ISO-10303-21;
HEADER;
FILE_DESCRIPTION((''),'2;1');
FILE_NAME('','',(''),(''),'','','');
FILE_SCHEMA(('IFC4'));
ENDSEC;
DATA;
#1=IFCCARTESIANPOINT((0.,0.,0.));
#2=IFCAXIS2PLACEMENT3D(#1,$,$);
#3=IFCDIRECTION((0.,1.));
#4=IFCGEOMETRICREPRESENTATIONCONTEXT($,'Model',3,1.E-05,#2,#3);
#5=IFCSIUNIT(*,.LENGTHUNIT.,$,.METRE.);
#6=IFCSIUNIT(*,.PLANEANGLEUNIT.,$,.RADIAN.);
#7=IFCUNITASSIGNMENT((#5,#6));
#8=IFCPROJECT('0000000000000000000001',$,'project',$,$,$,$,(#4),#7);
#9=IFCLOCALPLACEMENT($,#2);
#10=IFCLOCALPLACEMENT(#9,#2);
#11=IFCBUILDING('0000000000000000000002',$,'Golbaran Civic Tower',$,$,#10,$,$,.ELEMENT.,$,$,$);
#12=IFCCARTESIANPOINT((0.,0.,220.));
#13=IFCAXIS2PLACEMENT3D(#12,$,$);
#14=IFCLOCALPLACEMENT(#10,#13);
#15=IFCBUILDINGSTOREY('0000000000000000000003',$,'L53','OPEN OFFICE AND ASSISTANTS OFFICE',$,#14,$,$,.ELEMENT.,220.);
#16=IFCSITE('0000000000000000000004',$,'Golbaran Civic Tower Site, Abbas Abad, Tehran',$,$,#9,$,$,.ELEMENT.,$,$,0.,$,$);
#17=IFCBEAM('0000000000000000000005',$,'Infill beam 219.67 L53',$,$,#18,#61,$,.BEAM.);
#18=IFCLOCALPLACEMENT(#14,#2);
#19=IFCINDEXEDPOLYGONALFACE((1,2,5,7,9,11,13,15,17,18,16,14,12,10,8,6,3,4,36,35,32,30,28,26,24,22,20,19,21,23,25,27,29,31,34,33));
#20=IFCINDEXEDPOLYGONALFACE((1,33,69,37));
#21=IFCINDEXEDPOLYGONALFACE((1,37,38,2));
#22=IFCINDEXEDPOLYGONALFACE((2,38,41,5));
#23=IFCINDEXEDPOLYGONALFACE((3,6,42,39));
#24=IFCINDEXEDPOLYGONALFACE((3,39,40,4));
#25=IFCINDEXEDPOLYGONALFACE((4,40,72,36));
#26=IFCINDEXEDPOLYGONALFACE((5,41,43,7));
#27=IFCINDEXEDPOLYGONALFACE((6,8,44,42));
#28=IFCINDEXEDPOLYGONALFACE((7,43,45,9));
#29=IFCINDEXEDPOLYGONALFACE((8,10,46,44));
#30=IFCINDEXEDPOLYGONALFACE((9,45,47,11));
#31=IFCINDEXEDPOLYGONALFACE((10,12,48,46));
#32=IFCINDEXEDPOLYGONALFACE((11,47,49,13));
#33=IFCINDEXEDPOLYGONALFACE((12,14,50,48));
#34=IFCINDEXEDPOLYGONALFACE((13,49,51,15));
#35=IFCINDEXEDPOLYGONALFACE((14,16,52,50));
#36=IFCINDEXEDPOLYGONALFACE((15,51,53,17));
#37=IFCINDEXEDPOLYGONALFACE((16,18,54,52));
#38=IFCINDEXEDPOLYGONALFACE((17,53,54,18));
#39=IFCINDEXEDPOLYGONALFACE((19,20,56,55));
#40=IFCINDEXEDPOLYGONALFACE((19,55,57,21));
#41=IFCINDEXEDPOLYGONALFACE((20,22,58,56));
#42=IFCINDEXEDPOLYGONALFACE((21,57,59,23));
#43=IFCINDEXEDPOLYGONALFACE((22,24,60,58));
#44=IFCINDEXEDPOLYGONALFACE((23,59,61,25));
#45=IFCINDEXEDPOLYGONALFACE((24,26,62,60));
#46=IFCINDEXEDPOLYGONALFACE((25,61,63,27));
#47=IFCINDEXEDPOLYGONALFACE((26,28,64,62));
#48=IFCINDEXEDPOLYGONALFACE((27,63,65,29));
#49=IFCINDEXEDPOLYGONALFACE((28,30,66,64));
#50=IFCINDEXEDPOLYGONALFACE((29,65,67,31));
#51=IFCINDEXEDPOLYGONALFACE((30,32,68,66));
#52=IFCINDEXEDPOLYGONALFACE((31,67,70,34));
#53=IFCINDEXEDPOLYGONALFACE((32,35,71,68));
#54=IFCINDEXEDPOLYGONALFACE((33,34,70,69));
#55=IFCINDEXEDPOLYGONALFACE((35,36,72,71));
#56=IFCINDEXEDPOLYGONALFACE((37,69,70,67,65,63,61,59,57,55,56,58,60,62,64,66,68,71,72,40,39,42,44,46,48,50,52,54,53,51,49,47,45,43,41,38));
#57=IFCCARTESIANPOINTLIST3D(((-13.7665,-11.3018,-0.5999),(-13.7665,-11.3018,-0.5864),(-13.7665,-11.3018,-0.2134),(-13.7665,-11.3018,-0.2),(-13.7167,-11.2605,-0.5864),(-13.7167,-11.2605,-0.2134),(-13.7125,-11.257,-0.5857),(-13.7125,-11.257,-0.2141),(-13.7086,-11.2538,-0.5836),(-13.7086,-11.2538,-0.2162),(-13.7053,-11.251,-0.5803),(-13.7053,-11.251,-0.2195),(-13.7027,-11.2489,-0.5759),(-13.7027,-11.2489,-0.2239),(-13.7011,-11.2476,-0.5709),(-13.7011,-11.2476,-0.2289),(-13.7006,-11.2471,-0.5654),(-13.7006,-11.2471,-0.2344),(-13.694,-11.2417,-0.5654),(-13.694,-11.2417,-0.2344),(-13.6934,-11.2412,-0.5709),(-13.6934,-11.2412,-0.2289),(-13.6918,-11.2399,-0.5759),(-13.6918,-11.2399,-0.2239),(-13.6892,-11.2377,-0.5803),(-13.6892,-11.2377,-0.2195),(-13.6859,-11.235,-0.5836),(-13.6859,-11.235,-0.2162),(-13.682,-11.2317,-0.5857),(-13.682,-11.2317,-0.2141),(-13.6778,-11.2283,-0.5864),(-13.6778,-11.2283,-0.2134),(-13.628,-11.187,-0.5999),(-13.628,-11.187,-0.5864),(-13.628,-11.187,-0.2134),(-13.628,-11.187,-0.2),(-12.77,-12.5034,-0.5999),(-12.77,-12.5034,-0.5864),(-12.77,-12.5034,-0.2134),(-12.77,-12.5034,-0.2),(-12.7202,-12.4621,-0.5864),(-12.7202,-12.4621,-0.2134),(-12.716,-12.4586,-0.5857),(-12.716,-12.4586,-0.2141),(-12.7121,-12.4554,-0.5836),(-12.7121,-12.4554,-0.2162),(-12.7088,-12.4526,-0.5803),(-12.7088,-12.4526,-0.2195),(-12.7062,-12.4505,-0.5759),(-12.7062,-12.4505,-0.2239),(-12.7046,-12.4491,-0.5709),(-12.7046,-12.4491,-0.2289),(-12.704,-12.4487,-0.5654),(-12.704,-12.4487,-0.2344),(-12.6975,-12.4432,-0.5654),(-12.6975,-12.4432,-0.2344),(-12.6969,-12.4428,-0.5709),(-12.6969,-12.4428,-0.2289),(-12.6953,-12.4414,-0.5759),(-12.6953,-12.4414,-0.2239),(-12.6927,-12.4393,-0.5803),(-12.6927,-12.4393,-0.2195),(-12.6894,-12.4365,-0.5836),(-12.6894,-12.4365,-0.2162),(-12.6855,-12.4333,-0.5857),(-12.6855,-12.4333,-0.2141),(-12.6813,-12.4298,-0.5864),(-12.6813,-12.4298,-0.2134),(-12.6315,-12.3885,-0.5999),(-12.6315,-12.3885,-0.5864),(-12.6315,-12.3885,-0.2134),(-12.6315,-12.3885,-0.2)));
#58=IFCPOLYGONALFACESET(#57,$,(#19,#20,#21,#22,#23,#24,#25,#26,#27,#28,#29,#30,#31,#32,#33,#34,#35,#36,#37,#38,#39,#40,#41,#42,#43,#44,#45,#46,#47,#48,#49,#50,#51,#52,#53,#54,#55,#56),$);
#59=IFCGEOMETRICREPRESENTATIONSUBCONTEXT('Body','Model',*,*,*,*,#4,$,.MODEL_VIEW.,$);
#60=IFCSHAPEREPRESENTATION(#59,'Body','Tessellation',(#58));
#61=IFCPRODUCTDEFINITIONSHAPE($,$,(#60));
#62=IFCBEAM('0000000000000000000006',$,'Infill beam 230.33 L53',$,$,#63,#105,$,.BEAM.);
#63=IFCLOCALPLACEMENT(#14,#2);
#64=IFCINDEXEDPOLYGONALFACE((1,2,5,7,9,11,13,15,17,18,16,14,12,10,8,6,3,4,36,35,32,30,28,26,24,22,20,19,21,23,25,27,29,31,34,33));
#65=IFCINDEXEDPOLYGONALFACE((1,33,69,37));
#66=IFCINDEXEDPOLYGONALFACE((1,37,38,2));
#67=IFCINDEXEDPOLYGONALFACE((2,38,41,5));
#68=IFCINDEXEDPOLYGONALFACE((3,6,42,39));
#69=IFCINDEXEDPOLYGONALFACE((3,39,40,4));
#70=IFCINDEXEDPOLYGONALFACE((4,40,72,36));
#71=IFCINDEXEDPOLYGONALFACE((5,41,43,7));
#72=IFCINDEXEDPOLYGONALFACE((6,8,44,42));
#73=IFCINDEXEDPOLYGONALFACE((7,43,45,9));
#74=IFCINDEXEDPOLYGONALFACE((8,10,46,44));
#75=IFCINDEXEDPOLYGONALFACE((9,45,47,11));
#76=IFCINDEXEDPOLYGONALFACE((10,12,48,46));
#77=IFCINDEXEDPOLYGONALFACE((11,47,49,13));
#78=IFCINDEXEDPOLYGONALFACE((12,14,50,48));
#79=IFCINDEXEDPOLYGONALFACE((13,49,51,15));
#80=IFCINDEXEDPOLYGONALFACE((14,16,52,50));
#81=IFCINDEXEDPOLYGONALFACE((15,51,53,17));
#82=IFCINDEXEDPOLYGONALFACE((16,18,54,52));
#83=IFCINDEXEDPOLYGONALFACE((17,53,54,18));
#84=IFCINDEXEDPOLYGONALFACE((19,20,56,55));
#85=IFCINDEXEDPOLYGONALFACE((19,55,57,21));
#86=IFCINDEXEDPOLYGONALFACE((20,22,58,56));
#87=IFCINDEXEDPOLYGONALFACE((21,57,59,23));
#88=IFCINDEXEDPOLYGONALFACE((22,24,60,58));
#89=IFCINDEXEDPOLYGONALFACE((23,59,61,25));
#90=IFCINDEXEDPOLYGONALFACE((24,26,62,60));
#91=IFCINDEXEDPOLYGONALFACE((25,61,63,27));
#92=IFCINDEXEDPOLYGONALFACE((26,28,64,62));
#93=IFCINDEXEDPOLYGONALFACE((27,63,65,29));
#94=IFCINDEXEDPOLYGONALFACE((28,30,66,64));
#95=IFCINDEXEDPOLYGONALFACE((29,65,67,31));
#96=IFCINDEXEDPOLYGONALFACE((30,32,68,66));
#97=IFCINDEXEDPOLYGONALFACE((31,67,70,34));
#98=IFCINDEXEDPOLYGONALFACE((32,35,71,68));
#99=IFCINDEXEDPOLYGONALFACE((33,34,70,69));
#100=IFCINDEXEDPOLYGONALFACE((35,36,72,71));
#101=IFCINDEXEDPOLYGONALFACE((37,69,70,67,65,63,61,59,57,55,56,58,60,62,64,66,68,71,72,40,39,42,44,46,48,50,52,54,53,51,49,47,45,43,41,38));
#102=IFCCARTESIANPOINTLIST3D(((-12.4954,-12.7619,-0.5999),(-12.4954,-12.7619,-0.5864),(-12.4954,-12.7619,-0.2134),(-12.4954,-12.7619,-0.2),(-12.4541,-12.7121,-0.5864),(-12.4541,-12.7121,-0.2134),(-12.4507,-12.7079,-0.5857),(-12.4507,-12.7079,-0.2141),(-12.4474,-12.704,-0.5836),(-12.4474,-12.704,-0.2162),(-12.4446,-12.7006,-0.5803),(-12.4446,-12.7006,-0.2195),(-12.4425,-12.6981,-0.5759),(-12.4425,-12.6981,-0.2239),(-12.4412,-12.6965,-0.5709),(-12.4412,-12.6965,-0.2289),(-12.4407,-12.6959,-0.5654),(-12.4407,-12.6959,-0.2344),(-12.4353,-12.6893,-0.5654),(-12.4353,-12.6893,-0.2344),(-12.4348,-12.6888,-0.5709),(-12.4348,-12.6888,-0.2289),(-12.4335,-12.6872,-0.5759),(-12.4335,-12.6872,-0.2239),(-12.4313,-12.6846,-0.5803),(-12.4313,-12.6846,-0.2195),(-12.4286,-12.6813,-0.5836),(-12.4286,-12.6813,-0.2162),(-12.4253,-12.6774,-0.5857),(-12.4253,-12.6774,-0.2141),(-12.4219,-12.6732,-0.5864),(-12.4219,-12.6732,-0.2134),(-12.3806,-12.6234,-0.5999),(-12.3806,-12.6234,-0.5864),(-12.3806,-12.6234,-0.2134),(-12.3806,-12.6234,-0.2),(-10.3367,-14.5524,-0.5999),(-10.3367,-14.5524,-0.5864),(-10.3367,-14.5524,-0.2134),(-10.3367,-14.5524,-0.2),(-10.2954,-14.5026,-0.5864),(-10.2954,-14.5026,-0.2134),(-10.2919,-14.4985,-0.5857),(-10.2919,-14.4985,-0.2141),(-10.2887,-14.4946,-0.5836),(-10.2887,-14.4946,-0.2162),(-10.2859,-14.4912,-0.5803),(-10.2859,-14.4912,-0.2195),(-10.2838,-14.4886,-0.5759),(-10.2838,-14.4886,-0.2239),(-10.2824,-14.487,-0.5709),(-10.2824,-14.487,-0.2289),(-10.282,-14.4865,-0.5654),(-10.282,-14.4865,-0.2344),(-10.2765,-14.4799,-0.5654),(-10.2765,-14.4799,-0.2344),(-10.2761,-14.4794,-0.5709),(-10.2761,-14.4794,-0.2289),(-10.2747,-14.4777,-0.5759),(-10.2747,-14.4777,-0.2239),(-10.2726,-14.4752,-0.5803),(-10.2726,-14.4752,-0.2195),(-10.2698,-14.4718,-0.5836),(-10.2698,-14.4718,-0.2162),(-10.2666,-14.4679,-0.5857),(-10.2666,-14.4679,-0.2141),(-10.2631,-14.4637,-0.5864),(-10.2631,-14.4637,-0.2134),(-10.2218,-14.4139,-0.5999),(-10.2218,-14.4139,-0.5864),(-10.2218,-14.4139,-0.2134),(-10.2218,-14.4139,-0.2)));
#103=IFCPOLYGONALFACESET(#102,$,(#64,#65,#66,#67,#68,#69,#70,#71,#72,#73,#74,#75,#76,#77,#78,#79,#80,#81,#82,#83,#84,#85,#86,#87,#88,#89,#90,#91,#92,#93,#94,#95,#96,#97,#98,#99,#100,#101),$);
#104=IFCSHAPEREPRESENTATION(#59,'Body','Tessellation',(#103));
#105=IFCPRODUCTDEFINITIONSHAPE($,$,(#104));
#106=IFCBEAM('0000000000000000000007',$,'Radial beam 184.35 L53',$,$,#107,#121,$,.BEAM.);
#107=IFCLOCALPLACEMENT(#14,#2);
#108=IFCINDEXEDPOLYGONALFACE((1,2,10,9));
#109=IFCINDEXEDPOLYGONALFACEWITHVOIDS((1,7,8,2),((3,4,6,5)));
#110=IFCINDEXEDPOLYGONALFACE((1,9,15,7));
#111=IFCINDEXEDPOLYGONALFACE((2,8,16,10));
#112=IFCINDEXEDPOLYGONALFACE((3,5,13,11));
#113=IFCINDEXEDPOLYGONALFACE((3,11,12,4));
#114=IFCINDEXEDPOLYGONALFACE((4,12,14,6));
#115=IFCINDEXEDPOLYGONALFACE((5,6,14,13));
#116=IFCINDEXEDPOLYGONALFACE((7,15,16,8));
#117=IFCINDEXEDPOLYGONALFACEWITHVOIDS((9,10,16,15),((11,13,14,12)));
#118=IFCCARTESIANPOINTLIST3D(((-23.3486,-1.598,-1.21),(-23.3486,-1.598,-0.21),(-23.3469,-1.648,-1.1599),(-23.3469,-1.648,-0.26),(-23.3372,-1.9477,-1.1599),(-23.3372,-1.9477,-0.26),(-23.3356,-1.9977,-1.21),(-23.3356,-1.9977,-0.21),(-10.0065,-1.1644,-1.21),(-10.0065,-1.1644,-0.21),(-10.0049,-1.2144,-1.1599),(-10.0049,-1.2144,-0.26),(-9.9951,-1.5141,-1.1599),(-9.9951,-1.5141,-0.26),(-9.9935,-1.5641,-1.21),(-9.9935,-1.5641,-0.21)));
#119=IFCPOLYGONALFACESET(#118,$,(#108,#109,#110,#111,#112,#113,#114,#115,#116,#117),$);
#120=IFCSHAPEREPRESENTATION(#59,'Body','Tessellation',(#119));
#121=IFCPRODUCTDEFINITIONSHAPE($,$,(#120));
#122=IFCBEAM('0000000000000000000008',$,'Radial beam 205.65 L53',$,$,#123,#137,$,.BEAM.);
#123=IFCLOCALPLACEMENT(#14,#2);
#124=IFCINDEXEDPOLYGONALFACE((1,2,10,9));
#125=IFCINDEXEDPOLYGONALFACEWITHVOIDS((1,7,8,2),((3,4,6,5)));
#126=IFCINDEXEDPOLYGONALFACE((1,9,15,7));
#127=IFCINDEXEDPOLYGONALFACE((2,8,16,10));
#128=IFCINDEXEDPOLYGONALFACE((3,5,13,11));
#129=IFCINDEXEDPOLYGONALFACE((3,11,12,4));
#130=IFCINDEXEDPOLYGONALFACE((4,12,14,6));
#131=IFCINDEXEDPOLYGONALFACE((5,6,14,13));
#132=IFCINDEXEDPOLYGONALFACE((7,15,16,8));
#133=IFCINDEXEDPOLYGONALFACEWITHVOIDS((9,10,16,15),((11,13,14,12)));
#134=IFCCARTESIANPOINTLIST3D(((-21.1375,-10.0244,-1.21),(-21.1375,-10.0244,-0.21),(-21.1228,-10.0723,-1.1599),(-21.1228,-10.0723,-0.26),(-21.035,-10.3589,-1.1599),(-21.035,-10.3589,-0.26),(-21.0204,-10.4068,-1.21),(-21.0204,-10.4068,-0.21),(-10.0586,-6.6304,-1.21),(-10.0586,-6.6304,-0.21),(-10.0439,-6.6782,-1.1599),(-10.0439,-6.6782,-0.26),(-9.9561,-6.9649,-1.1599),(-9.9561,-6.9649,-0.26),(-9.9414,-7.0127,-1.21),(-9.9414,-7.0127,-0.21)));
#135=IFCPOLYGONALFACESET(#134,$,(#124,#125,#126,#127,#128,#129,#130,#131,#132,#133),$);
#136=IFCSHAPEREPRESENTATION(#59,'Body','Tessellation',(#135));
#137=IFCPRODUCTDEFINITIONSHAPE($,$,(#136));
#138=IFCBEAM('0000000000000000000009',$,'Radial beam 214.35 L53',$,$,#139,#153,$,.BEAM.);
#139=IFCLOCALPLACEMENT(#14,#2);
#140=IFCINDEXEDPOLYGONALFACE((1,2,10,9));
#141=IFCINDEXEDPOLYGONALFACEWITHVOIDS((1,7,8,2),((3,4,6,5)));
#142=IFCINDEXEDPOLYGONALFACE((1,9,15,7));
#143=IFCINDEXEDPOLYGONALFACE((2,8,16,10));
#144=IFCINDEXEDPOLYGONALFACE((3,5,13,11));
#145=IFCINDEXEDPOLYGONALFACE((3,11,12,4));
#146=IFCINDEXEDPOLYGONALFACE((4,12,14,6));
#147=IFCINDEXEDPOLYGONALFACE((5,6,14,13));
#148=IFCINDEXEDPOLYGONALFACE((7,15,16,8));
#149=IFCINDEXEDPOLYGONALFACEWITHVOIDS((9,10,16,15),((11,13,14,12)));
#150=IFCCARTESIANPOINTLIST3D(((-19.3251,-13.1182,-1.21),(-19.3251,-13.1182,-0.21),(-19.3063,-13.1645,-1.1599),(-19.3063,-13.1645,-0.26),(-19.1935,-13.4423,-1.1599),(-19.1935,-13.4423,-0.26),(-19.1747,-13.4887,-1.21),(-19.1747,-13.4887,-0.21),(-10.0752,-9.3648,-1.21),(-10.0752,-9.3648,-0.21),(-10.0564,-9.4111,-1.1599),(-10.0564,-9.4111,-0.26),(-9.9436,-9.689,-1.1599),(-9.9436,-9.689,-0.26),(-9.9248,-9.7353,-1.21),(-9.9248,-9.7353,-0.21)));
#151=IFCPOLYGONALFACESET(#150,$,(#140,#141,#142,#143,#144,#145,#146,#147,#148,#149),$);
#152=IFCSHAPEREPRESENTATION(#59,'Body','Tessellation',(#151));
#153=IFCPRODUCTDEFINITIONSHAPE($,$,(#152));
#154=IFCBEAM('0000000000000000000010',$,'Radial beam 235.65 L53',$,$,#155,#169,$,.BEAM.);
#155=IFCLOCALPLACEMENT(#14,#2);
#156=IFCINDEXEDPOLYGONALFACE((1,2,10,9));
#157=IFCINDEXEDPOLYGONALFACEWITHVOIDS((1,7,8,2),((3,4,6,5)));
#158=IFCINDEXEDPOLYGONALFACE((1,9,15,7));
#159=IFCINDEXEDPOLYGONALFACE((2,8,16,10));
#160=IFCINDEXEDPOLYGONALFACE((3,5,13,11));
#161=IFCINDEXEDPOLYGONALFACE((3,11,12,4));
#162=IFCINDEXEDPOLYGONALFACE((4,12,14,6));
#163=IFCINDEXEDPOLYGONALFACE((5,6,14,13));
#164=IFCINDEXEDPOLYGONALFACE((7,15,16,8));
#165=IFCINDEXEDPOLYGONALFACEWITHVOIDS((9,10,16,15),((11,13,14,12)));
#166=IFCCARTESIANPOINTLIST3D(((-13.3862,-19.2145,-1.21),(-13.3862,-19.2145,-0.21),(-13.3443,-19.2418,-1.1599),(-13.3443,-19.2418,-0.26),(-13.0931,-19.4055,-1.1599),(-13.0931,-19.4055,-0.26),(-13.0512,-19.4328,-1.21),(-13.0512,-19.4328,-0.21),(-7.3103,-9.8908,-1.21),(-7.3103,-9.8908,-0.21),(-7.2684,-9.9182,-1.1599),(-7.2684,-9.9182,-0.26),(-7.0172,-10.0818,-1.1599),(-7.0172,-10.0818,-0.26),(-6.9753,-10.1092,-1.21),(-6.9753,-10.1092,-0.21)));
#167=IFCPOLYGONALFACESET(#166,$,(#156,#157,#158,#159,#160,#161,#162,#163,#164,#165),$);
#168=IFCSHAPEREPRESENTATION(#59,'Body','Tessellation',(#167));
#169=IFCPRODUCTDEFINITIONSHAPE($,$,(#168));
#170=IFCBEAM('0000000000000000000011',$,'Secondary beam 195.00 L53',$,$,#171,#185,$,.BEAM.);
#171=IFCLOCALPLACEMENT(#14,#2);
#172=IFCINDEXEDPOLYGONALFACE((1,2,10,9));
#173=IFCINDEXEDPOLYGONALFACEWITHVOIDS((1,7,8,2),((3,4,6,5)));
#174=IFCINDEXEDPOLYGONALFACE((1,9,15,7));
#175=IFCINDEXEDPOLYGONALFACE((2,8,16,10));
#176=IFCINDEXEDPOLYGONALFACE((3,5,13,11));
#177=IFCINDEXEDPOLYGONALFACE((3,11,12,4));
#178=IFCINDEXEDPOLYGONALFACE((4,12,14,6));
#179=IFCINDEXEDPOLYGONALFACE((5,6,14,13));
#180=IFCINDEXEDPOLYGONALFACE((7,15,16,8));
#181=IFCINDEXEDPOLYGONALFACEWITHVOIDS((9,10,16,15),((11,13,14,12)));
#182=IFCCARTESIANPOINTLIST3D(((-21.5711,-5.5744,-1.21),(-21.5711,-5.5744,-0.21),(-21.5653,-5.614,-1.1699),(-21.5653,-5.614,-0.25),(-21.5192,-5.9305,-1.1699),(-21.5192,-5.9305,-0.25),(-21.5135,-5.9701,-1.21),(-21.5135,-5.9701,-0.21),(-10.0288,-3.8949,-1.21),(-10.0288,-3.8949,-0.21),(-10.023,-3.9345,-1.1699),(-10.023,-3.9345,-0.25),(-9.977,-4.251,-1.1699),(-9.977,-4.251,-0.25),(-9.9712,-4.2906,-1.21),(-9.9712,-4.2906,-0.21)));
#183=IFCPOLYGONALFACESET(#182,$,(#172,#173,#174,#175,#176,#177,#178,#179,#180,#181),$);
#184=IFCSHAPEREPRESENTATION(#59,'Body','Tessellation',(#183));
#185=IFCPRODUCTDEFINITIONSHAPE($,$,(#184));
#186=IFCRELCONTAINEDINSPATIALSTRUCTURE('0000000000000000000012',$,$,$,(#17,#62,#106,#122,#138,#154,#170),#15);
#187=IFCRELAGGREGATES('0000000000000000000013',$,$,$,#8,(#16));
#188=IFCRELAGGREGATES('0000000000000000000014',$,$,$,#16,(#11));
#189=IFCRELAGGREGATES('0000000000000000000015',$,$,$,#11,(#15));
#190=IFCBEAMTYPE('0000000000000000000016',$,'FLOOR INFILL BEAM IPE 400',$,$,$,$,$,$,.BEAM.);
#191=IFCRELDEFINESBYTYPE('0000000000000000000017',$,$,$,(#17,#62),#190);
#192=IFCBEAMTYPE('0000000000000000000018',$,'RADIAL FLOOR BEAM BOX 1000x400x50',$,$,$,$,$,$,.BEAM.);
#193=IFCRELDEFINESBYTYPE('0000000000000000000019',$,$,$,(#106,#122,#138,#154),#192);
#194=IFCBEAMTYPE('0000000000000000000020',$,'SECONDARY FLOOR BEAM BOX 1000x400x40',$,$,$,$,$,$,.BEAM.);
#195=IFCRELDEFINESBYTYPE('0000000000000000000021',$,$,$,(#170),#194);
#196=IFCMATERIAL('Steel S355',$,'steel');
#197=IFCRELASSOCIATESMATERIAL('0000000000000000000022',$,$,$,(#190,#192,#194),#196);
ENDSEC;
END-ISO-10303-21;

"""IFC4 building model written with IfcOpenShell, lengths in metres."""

from ifc_helpers import new_model, si_unit, direction, frame, origin, origin_2d, place, context, subcontext, project, spatial, hollow_rectangle, i_section, extrude, material, material_profile, profile_set, type_object, element, save


model = new_model("IFC4")

# Units and contexts
model_context = context("Model", 3, precision=1e-05, world=origin(), true_north=direction((0.0, 1.0)))
body_context = subcontext(model_context, "Body", "Model", "MODEL_VIEW")
ifc_project = project(units=[si_unit("LENGTHUNIT", "METRE"), si_unit("PLANEANGLEUNIT", "RADIAN")], contexts=[model_context])

# Site, building, storey
site_placement = place(None, origin())
site = spatial("IfcSite", under=ifc_project, at=site_placement, Name="Golbaran Civic Tower Site, Abbas Abad, Tehran", CompositionType="ELEMENT", RefElevation=0.0)
building_placement = place(site_placement, origin())
building = spatial("IfcBuilding", under=site, at=building_placement, Name="Golbaran Civic Tower", CompositionType="ELEMENT")
storey_placement = place(building_placement, frame((0.0, 0.0, 220.0)))
storey = spatial("IfcBuildingStorey", under=building, at=storey_placement, Name="L53", Description="OPEN OFFICE AND ASSISTANTS OFFICE", CompositionType="ELEMENT", Elevation=220.0)

# Beams
ifc_material_1 = material(Name="Steel S355", Category="steel")
ifc_material_profile_1 = material_profile(ifc_material_1, i_section(OverallWidth=0.1799, OverallDepth=0.3999, WebThickness=0.0085, FlangeThickness=0.0134, FilletRadius=0.021, at=origin_2d()), Name="IPE 400")
ifc_profile_set_1 = profile_set([ifc_material_profile_1], Name="Steel S355")
beam_type_1 = type_object("IfcBeamType", Name="FLOOR INFILL BEAM IPE 400", PredefinedType="BEAM", material=ifc_profile_set_1)
beam_1_placement = place(storey_placement, frame((-13.6973, -11.2444, -0.3999), z_axis=(0.638368, -0.769732, 0.0), x_axis=(0.769732, 0.638368, 0.0)))
element("IfcBeam", 1, at=beam_1_placement, inside=storey, type_object=beam_type_1, Name="Infill beam 219.67 L53", PredefinedType="BEAM", context=body_context, shape_type="SweptSolid", body=[
    extrude(i_section(OverallWidth=0.1799, OverallDepth=0.3999, WebThickness=0.0085, FlangeThickness=0.0134, FilletRadius=0.021, at=origin_2d()), origin(), (0.0, 0.0, 1.0), 1.561),
])
beam_2_placement = place(storey_placement, frame((-12.438, -12.6926, -0.3999), z_axis=(0.769689, -0.638419, 0.0), x_axis=(0.638419, 0.769689, 0.0)))
element("IfcBeam", 2, at=beam_2_placement, inside=storey, type_object=beam_type_1, Name="Infill beam 230.33 L53", PredefinedType="BEAM", context=body_context, shape_type="SweptSolid", body=[
    extrude(i_section(OverallWidth=0.1799, OverallDepth=0.3999, WebThickness=0.0085, FlangeThickness=0.0134, FilletRadius=0.021, at=origin_2d()), origin(), (0.0, 0.0, 1.0), 2.8047),
])
ifc_material_profile_2 = material_profile(ifc_material_1, hollow_rectangle(XDim=0.3999, YDim=1.0, WallThickness=0.05, at=origin_2d()), Name="BOX 1000x400x50")
ifc_profile_set_2 = profile_set([ifc_material_profile_2], Name="Steel S355")
beam_type_2 = type_object("IfcBeamType", Name="RADIAL FLOOR BEAM BOX 1000x400x50", PredefinedType="BEAM", material=ifc_profile_set_2)
beam_3_placement = place(storey_placement, frame((-10.0, -1.3643, -0.71), z_axis=(-0.999472, -0.032481, 0.0), x_axis=(0.032481, -0.999472, 0.0)))
element("IfcBeam", 3, at=beam_3_placement, inside=storey, type_object=beam_type_2, Name="Radial beam 184.35 L53", PredefinedType="BEAM", context=body_context, shape_type="SweptSolid", body=[
    extrude(hollow_rectangle(XDim=0.3999, YDim=1.0, WallThickness=0.05, at=origin_2d()), origin(), (0.0, 0.0, 1.0), 13.3491),
])
beam_4_placement = place(storey_placement, frame((-10.0, -6.8215, -0.71), z_axis=(-0.956138, -0.292916, 0.0), x_axis=(0.292916, -0.956138, 0.0)))
element("IfcBeam", 4, at=beam_4_placement, inside=storey, type_object=beam_type_2, Name="Radial beam 205.65 L53", PredefinedType="BEAM", context=body_context, shape_type="SweptSolid", body=[
    extrude(hollow_rectangle(XDim=0.3999, YDim=1.0, WallThickness=0.05, at=origin_2d()), origin(), (0.0, 0.0, 1.0), 11.5872),
])
beam_5_placement = place(storey_placement, frame((-10.0, -9.55, -0.71), z_axis=(-0.92662, -0.375999, 0.0), x_axis=(0.375999, -0.92662, 0.0)))
element("IfcBeam", 5, at=beam_5_placement, inside=storey, type_object=beam_type_2, Name="Radial beam 214.35 L53", PredefinedType="BEAM", context=body_context, shape_type="SweptSolid", body=[
    extrude(hollow_rectangle(XDim=0.3999, YDim=1.0, WallThickness=0.05, at=origin_2d()), origin(), (0.0, 0.0, 1.0), 9.9824),
])
beam_6_placement = place(storey_placement, frame((-7.1428, -10.0, -0.71), z_axis=(-0.545967, -0.837806, 0.0), x_axis=(0.837806, -0.545967, 0.0)))
element("IfcBeam", 6, at=beam_6_placement, inside=storey, type_object=beam_type_2, Name="Radial beam 235.65 L53", PredefinedType="BEAM", context=body_context, shape_type="SweptSolid", body=[
    extrude(hollow_rectangle(XDim=0.3999, YDim=1.0, WallThickness=0.05, at=origin_2d()), origin(), (0.0, 0.0, 1.0), 11.1287),
])
ifc_material_profile_3 = material_profile(ifc_material_1, hollow_rectangle(XDim=0.3999, YDim=1.0, WallThickness=0.04, at=origin_2d()), Name="BOX 1000x400x40")
ifc_profile_set_3 = profile_set([ifc_material_profile_3], Name="Steel S355")
beam_type_3 = type_object("IfcBeamType", Name="SECONDARY FLOOR BEAM BOX 1000x400x40", PredefinedType="BEAM", material=ifc_profile_set_3)
beam_7_placement = place(storey_placement, frame((-10.0, -4.0928, -0.71), z_axis=(-0.989579, -0.143988, 0.0), x_axis=(0.143988, -0.989579, 0.0)))
element("IfcBeam", 7, at=beam_7_placement, inside=storey, type_object=beam_type_3, Name="Secondary beam 195.00 L53", PredefinedType="BEAM", context=body_context, shape_type="SweptSolid", body=[
    extrude(hollow_rectangle(XDim=0.3999, YDim=1.0, WallThickness=0.04, at=origin_2d()), origin(), (0.0, 0.0, 1.0), 11.6638),
])

save(model, "model.ifc")
